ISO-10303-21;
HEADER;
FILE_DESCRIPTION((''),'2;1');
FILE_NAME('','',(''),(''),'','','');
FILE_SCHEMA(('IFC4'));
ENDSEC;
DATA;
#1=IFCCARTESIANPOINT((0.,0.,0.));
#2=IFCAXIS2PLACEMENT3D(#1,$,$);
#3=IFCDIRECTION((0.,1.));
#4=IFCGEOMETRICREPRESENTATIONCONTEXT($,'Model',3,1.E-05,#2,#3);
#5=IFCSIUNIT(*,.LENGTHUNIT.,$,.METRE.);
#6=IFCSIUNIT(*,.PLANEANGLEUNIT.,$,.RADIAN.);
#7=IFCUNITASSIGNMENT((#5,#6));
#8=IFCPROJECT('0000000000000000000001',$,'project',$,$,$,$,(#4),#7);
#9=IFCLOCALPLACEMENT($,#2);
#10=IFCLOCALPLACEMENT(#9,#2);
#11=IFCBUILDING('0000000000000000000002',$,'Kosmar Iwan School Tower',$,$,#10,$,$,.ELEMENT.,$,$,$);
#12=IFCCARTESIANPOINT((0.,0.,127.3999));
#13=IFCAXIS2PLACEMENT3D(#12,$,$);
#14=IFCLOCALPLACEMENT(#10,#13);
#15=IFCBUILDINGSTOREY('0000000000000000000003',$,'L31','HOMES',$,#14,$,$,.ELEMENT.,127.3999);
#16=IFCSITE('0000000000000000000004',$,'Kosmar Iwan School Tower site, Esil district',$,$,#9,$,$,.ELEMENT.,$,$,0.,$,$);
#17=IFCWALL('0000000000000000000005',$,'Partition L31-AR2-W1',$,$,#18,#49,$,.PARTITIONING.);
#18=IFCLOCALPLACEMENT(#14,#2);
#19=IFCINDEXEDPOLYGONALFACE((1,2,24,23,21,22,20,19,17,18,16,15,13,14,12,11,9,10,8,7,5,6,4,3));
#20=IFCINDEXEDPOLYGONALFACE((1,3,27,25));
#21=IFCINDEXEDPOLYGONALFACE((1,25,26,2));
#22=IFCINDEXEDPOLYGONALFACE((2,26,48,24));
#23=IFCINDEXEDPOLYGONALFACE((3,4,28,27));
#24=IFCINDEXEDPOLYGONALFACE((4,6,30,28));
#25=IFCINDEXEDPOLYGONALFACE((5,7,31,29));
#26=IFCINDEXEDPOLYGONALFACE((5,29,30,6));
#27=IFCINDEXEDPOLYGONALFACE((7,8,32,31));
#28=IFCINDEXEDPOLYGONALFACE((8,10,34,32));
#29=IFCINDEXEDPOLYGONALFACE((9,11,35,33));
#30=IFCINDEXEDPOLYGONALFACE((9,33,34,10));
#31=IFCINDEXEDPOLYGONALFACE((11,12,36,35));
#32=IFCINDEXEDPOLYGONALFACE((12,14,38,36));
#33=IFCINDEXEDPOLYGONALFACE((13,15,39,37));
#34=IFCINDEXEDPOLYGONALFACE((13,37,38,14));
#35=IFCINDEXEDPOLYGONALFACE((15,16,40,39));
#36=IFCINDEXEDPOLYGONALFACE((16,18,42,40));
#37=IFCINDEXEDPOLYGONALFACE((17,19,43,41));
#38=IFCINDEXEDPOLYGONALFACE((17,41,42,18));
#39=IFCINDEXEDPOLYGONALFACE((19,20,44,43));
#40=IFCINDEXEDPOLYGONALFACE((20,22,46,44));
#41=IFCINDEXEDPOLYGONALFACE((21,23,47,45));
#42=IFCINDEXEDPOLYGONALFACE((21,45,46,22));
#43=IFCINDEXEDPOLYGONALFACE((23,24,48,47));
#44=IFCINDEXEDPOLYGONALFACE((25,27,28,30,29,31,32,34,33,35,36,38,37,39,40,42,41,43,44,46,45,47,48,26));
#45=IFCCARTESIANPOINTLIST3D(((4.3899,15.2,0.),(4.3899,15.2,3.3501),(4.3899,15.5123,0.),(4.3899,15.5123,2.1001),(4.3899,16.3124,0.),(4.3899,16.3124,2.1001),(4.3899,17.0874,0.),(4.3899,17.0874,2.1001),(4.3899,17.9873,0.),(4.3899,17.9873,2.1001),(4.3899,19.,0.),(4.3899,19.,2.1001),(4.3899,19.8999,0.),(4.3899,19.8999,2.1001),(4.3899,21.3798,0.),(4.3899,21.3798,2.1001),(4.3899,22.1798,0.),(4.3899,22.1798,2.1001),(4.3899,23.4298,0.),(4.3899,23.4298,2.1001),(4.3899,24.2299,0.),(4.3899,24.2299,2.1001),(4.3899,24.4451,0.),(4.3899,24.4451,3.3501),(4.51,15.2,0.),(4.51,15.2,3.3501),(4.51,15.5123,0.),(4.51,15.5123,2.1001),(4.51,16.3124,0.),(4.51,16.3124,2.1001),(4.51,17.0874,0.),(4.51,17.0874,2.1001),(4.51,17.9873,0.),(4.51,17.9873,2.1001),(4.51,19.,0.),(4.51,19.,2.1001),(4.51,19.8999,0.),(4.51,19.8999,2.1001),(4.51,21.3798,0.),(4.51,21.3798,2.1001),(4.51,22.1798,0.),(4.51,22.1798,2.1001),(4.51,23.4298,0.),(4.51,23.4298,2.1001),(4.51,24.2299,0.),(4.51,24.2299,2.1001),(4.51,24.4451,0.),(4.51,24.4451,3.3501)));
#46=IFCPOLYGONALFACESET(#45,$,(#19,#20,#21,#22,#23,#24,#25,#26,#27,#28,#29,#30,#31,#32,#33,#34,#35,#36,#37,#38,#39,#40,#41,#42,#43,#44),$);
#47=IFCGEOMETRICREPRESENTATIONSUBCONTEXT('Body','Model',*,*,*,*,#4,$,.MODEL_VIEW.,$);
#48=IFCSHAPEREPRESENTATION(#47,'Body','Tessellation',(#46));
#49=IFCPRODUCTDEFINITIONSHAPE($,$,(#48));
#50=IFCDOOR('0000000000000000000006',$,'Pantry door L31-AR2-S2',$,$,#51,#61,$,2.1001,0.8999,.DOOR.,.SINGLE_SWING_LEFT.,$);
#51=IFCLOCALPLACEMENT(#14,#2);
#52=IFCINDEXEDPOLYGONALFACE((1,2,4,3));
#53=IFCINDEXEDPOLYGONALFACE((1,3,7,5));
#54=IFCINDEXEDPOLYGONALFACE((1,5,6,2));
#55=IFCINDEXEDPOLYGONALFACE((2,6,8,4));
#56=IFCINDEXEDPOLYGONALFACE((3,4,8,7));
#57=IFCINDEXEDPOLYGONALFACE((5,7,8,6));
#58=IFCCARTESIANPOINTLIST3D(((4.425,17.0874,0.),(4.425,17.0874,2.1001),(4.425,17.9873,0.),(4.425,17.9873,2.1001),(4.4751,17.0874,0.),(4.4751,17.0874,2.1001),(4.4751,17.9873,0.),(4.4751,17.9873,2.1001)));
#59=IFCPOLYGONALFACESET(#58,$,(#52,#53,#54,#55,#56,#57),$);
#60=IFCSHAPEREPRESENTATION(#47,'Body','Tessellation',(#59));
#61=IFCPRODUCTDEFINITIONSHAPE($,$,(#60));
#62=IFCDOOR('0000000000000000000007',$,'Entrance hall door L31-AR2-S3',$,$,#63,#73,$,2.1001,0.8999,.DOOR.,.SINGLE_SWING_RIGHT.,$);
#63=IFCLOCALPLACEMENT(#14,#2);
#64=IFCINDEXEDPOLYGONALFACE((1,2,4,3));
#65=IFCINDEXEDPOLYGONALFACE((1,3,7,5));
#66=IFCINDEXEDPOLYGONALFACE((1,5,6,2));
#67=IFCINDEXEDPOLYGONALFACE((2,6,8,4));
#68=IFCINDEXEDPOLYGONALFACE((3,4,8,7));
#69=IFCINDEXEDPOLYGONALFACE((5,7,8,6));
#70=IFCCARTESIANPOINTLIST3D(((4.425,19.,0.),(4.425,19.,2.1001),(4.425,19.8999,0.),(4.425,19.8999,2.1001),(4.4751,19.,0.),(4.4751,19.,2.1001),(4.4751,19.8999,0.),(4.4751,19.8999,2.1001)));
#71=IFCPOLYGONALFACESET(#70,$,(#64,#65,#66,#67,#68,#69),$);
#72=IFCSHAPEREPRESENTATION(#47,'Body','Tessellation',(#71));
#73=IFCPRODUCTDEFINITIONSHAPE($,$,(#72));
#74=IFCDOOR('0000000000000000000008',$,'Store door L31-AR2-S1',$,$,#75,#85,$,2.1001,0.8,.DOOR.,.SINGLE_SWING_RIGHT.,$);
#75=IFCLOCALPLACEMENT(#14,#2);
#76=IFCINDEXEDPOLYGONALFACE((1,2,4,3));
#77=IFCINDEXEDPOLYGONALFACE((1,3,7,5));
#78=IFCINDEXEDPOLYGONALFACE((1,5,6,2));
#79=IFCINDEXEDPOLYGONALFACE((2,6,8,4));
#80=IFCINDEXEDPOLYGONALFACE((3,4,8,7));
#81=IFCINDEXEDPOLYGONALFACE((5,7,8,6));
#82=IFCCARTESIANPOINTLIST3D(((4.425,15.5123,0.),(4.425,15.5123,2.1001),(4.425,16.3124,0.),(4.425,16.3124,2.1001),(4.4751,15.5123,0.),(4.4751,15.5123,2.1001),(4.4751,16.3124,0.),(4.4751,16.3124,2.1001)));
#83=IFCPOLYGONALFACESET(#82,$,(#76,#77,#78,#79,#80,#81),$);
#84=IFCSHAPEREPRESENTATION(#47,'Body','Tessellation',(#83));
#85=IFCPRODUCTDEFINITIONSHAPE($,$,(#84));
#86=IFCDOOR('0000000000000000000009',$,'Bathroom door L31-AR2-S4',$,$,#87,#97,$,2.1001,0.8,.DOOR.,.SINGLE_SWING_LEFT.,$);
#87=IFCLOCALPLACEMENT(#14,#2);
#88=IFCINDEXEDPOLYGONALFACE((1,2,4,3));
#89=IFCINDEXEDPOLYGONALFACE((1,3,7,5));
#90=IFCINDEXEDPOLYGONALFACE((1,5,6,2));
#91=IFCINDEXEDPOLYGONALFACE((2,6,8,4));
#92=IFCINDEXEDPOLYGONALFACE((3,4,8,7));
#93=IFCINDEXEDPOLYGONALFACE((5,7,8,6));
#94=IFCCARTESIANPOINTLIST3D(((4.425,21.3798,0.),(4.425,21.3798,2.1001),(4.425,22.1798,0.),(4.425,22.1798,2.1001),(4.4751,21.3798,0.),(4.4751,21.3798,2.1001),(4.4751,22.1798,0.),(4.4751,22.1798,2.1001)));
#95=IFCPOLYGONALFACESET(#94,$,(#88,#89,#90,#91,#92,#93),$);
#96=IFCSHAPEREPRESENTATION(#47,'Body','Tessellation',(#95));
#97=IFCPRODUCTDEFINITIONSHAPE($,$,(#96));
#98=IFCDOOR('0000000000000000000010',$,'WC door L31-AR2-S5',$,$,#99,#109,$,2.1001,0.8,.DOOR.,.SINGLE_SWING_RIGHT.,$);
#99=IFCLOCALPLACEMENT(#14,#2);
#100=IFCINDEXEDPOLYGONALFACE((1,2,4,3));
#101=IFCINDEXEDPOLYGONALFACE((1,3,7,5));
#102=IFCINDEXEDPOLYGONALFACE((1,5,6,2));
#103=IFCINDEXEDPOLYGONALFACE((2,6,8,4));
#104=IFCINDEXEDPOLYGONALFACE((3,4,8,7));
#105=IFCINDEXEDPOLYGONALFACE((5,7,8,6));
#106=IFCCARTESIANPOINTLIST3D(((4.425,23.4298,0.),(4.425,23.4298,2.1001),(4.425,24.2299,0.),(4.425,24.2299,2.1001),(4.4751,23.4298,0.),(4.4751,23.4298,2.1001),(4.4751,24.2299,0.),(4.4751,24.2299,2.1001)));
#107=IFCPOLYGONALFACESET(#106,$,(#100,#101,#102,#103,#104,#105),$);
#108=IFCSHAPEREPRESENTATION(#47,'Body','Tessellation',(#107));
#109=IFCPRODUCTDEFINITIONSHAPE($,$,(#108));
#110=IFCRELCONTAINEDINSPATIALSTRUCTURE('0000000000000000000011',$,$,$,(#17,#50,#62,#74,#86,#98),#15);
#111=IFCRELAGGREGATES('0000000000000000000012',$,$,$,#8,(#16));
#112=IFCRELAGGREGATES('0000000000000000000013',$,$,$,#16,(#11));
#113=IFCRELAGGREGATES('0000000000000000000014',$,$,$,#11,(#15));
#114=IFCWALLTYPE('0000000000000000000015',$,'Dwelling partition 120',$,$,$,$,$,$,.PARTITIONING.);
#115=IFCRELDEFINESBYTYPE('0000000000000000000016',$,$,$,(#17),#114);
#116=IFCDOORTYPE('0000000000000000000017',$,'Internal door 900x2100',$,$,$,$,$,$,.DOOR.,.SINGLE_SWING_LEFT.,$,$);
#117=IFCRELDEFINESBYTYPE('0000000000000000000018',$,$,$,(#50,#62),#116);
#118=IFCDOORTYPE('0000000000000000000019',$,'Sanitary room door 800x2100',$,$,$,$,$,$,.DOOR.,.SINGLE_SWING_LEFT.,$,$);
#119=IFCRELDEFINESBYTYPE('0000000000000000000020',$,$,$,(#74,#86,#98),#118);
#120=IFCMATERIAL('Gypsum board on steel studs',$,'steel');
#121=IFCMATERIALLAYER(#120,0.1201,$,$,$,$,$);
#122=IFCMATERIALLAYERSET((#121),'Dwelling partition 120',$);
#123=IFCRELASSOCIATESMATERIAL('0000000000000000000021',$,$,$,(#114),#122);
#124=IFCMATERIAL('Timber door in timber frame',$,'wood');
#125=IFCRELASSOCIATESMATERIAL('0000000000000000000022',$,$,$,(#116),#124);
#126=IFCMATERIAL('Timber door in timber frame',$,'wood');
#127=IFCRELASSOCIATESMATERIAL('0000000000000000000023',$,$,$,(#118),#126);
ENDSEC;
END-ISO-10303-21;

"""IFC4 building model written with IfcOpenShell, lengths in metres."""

from ifc_helpers import new_model, si_unit, direction, frame, frame_2d, origin, place, context, subcontext, project, spatial, rectangle, extrude, material, layer, layer_set, type_object, element, fill, save


model = new_model("IFC4")

# Units and contexts
model_context = context("Model", 3, precision=1e-05, world=origin(), true_north=direction((0.0, 1.0)))
body_context = subcontext(model_context, "Body", "Model", "MODEL_VIEW")
ifc_project = project(units=[si_unit("LENGTHUNIT", "METRE"), si_unit("PLANEANGLEUNIT", "RADIAN")], contexts=[model_context])

# Site, building, storey
site_placement = place(None, origin())
site = spatial("IfcSite", under=ifc_project, at=site_placement, Name="Kosmar Iwan School Tower site, Esil district", CompositionType="ELEMENT", RefElevation=0.0)
building_placement = place(site_placement, origin())
building = spatial("IfcBuilding", under=site, at=building_placement, Name="Kosmar Iwan School Tower", CompositionType="ELEMENT")
storey_placement = place(building_placement, frame((0.0, 0.0, 127.3999)))
storey = spatial("IfcBuildingStorey", under=building, at=storey_placement, Name="L31", Description="HOMES", CompositionType="ELEMENT", Elevation=127.3999)

# Shared definitions
ifc_material_1 = material(Name="Gypsum board on steel studs", Category="steel")
ifc_layer_1 = layer(ifc_material_1, 0.1201)
ifc_layer_set_1 = layer_set([ifc_layer_1], Name="Dwelling partition 120")
wall_type_1 = type_object("IfcWallType", Name="Dwelling partition 120", PredefinedType="PARTITIONING", material=ifc_layer_set_1)

# Wall, openings, doors
wall_1_placement = place(storey_placement, frame((4.45, 15.2, 0.0), z_axis=(0.0, 0.0, 1.0), x_axis=(0.0, 1.0, 0.0)))
wall_1 = element("IfcWall", 1, at=wall_1_placement, inside=storey, type_object=wall_type_1, Name="Partition L31-AR2-W1", PredefinedType="PARTITIONING", context=body_context, shape_type="SweptSolid", body=[
    extrude(rectangle(XDim=9.2451, YDim=0.1201, at=frame_2d((4.6226, 0.0))), origin(), (0.0, 0.0, 1.0), 3.3501),
])
opening_1_placement = place(wall_1_placement, frame((0.3125, 0.0, 0.0)))
opening_1 = element("IfcOpeningElement", 2, at=opening_1_placement, cuts=wall_1, PredefinedType="OPENING", context=body_context, shape_type="SweptSolid", body=[
    extrude(rectangle(XDim=0.8, YDim=2.1001, at=frame_2d((0.3999, 1.05))), frame((0.0, 0.072, 0.0), z_axis=(0.0, -1.0, 0.0), x_axis=(1.0, 0.0, 0.0)), (0.0, 0.0, 1.0), 0.144),
])
opening_2_placement = place(wall_1_placement, frame((1.8875, 0.0, 0.0)))
opening_2 = element("IfcOpeningElement", 3, at=opening_2_placement, cuts=wall_1, PredefinedType="OPENING", context=body_context, shape_type="SweptSolid", body=[
    extrude(rectangle(XDim=0.8999, YDim=2.1001, at=frame_2d((0.45, 1.05))), frame((0.0, 0.072, 0.0), z_axis=(0.0, -1.0, 0.0), x_axis=(1.0, 0.0, 0.0)), (0.0, 0.0, 1.0), 0.144),
])
opening_3_placement = place(wall_1_placement, frame((3.8, 0.0, 0.0)))
opening_3 = element("IfcOpeningElement", 4, at=opening_3_placement, cuts=wall_1, PredefinedType="OPENING", context=body_context, shape_type="SweptSolid", body=[
    extrude(rectangle(XDim=0.8999, YDim=2.1001, at=frame_2d((0.45, 1.05))), frame((0.0, 0.072, 0.0), z_axis=(0.0, -1.0, 0.0), x_axis=(1.0, 0.0, 0.0)), (0.0, 0.0, 1.0), 0.144),
])
opening_4_placement = place(wall_1_placement, frame((6.1799, 0.0, 0.0)))
opening_4 = element("IfcOpeningElement", 5, at=opening_4_placement, cuts=wall_1, PredefinedType="OPENING", context=body_context, shape_type="SweptSolid", body=[
    extrude(rectangle(XDim=0.8, YDim=2.1001, at=frame_2d((0.3999, 1.05))), frame((0.0, 0.072, 0.0), z_axis=(0.0, -1.0, 0.0), x_axis=(1.0, 0.0, 0.0)), (0.0, 0.0, 1.0), 0.144),
])
opening_5_placement = place(wall_1_placement, frame((8.23, 0.0, 0.0)))
opening_5 = element("IfcOpeningElement", 6, at=opening_5_placement, cuts=wall_1, PredefinedType="OPENING", context=body_context, shape_type="SweptSolid", body=[
    extrude(rectangle(XDim=0.8, YDim=2.1001, at=frame_2d((0.3999, 1.05))), frame((0.0, 0.072, 0.0), z_axis=(0.0, -1.0, 0.0), x_axis=(1.0, 0.0, 0.0)), (0.0, 0.0, 1.0), 0.144),
])
ifc_material_2 = material(Name="Timber door in timber frame", Category="wood")
door_type_1 = type_object("IfcDoorType", Name="Internal door 900x2100", OperationType="SINGLE_SWING_LEFT", PredefinedType="DOOR", material=ifc_material_2)
door_1_placement = place(opening_2_placement, origin())
door_1 = element("IfcDoor", 7, at=door_1_placement, inside=storey, type_object=door_type_1, Name="Pantry door L31-AR2-S2", OperationType="SINGLE_SWING_LEFT", OverallHeight=2.1001, OverallWidth=0.8999, PredefinedType="DOOR", context=body_context, shape_type="SweptSolid", body=[
    extrude(rectangle(XDim=0.8999, YDim=2.1001, at=frame_2d((0.45, 1.05))), frame((0.0, 0.0249, 0.0), z_axis=(0.0, -1.0, 0.0), x_axis=(1.0, 0.0, 0.0)), (0.0, 0.0, 1.0), 0.05),
])
fill(opening_2, door_1)
door_2_placement = place(opening_3_placement, origin())
door_2 = element("IfcDoor", 8, at=door_2_placement, inside=storey, type_object=door_type_1, Name="Entrance hall door L31-AR2-S3", OperationType="SINGLE_SWING_RIGHT", OverallHeight=2.1001, OverallWidth=0.8999, PredefinedType="DOOR", context=body_context, shape_type="SweptSolid", body=[
    extrude(rectangle(XDim=0.8999, YDim=2.1001, at=frame_2d((0.45, 1.05))), frame((0.0, 0.0249, 0.0), z_axis=(0.0, -1.0, 0.0), x_axis=(1.0, 0.0, 0.0)), (0.0, 0.0, 1.0), 0.05),
])
fill(opening_3, door_2)
ifc_material_3 = material(Name="Timber door in timber frame", Category="wood")
door_type_2 = type_object("IfcDoorType", Name="Sanitary room door 800x2100", OperationType="SINGLE_SWING_LEFT", PredefinedType="DOOR", material=ifc_material_3)
door_3_placement = place(opening_1_placement, origin())
door_3 = element("IfcDoor", 9, at=door_3_placement, inside=storey, type_object=door_type_2, Name="Store door L31-AR2-S1", OperationType="SINGLE_SWING_RIGHT", OverallHeight=2.1001, OverallWidth=0.8, PredefinedType="DOOR", context=body_context, shape_type="SweptSolid", body=[
    extrude(rectangle(XDim=0.8, YDim=2.1001, at=frame_2d((0.3999, 1.05))), frame((0.0, 0.0249, 0.0), z_axis=(0.0, -1.0, 0.0), x_axis=(1.0, 0.0, 0.0)), (0.0, 0.0, 1.0), 0.05),
])
fill(opening_1, door_3)
door_4_placement = place(opening_4_placement, origin())
door_4 = element("IfcDoor", 10, at=door_4_placement, inside=storey, type_object=door_type_2, Name="Bathroom door L31-AR2-S4", OperationType="SINGLE_SWING_LEFT", OverallHeight=2.1001, OverallWidth=0.8, PredefinedType="DOOR", context=body_context, shape_type="SweptSolid", body=[
    extrude(rectangle(XDim=0.8, YDim=2.1001, at=frame_2d((0.3999, 1.05))), frame((0.0, 0.0249, 0.0), z_axis=(0.0, -1.0, 0.0), x_axis=(1.0, 0.0, 0.0)), (0.0, 0.0, 1.0), 0.05),
])
fill(opening_4, door_4)
door_5_placement = place(opening_5_placement, origin())
door_5 = element("IfcDoor", 11, at=door_5_placement, inside=storey, type_object=door_type_2, Name="WC door L31-AR2-S5", OperationType="SINGLE_SWING_RIGHT", OverallHeight=2.1001, OverallWidth=0.8, PredefinedType="DOOR", context=body_context, shape_type="SweptSolid", body=[
    extrude(rectangle(XDim=0.8, YDim=2.1001, at=frame_2d((0.3999, 1.05))), frame((0.0, 0.0249, 0.0), z_axis=(0.0, -1.0, 0.0), x_axis=(1.0, 0.0, 0.0)), (0.0, 0.0, 1.0), 0.05),
])
fill(opening_5, door_5)

save(model, "model.ifc")
